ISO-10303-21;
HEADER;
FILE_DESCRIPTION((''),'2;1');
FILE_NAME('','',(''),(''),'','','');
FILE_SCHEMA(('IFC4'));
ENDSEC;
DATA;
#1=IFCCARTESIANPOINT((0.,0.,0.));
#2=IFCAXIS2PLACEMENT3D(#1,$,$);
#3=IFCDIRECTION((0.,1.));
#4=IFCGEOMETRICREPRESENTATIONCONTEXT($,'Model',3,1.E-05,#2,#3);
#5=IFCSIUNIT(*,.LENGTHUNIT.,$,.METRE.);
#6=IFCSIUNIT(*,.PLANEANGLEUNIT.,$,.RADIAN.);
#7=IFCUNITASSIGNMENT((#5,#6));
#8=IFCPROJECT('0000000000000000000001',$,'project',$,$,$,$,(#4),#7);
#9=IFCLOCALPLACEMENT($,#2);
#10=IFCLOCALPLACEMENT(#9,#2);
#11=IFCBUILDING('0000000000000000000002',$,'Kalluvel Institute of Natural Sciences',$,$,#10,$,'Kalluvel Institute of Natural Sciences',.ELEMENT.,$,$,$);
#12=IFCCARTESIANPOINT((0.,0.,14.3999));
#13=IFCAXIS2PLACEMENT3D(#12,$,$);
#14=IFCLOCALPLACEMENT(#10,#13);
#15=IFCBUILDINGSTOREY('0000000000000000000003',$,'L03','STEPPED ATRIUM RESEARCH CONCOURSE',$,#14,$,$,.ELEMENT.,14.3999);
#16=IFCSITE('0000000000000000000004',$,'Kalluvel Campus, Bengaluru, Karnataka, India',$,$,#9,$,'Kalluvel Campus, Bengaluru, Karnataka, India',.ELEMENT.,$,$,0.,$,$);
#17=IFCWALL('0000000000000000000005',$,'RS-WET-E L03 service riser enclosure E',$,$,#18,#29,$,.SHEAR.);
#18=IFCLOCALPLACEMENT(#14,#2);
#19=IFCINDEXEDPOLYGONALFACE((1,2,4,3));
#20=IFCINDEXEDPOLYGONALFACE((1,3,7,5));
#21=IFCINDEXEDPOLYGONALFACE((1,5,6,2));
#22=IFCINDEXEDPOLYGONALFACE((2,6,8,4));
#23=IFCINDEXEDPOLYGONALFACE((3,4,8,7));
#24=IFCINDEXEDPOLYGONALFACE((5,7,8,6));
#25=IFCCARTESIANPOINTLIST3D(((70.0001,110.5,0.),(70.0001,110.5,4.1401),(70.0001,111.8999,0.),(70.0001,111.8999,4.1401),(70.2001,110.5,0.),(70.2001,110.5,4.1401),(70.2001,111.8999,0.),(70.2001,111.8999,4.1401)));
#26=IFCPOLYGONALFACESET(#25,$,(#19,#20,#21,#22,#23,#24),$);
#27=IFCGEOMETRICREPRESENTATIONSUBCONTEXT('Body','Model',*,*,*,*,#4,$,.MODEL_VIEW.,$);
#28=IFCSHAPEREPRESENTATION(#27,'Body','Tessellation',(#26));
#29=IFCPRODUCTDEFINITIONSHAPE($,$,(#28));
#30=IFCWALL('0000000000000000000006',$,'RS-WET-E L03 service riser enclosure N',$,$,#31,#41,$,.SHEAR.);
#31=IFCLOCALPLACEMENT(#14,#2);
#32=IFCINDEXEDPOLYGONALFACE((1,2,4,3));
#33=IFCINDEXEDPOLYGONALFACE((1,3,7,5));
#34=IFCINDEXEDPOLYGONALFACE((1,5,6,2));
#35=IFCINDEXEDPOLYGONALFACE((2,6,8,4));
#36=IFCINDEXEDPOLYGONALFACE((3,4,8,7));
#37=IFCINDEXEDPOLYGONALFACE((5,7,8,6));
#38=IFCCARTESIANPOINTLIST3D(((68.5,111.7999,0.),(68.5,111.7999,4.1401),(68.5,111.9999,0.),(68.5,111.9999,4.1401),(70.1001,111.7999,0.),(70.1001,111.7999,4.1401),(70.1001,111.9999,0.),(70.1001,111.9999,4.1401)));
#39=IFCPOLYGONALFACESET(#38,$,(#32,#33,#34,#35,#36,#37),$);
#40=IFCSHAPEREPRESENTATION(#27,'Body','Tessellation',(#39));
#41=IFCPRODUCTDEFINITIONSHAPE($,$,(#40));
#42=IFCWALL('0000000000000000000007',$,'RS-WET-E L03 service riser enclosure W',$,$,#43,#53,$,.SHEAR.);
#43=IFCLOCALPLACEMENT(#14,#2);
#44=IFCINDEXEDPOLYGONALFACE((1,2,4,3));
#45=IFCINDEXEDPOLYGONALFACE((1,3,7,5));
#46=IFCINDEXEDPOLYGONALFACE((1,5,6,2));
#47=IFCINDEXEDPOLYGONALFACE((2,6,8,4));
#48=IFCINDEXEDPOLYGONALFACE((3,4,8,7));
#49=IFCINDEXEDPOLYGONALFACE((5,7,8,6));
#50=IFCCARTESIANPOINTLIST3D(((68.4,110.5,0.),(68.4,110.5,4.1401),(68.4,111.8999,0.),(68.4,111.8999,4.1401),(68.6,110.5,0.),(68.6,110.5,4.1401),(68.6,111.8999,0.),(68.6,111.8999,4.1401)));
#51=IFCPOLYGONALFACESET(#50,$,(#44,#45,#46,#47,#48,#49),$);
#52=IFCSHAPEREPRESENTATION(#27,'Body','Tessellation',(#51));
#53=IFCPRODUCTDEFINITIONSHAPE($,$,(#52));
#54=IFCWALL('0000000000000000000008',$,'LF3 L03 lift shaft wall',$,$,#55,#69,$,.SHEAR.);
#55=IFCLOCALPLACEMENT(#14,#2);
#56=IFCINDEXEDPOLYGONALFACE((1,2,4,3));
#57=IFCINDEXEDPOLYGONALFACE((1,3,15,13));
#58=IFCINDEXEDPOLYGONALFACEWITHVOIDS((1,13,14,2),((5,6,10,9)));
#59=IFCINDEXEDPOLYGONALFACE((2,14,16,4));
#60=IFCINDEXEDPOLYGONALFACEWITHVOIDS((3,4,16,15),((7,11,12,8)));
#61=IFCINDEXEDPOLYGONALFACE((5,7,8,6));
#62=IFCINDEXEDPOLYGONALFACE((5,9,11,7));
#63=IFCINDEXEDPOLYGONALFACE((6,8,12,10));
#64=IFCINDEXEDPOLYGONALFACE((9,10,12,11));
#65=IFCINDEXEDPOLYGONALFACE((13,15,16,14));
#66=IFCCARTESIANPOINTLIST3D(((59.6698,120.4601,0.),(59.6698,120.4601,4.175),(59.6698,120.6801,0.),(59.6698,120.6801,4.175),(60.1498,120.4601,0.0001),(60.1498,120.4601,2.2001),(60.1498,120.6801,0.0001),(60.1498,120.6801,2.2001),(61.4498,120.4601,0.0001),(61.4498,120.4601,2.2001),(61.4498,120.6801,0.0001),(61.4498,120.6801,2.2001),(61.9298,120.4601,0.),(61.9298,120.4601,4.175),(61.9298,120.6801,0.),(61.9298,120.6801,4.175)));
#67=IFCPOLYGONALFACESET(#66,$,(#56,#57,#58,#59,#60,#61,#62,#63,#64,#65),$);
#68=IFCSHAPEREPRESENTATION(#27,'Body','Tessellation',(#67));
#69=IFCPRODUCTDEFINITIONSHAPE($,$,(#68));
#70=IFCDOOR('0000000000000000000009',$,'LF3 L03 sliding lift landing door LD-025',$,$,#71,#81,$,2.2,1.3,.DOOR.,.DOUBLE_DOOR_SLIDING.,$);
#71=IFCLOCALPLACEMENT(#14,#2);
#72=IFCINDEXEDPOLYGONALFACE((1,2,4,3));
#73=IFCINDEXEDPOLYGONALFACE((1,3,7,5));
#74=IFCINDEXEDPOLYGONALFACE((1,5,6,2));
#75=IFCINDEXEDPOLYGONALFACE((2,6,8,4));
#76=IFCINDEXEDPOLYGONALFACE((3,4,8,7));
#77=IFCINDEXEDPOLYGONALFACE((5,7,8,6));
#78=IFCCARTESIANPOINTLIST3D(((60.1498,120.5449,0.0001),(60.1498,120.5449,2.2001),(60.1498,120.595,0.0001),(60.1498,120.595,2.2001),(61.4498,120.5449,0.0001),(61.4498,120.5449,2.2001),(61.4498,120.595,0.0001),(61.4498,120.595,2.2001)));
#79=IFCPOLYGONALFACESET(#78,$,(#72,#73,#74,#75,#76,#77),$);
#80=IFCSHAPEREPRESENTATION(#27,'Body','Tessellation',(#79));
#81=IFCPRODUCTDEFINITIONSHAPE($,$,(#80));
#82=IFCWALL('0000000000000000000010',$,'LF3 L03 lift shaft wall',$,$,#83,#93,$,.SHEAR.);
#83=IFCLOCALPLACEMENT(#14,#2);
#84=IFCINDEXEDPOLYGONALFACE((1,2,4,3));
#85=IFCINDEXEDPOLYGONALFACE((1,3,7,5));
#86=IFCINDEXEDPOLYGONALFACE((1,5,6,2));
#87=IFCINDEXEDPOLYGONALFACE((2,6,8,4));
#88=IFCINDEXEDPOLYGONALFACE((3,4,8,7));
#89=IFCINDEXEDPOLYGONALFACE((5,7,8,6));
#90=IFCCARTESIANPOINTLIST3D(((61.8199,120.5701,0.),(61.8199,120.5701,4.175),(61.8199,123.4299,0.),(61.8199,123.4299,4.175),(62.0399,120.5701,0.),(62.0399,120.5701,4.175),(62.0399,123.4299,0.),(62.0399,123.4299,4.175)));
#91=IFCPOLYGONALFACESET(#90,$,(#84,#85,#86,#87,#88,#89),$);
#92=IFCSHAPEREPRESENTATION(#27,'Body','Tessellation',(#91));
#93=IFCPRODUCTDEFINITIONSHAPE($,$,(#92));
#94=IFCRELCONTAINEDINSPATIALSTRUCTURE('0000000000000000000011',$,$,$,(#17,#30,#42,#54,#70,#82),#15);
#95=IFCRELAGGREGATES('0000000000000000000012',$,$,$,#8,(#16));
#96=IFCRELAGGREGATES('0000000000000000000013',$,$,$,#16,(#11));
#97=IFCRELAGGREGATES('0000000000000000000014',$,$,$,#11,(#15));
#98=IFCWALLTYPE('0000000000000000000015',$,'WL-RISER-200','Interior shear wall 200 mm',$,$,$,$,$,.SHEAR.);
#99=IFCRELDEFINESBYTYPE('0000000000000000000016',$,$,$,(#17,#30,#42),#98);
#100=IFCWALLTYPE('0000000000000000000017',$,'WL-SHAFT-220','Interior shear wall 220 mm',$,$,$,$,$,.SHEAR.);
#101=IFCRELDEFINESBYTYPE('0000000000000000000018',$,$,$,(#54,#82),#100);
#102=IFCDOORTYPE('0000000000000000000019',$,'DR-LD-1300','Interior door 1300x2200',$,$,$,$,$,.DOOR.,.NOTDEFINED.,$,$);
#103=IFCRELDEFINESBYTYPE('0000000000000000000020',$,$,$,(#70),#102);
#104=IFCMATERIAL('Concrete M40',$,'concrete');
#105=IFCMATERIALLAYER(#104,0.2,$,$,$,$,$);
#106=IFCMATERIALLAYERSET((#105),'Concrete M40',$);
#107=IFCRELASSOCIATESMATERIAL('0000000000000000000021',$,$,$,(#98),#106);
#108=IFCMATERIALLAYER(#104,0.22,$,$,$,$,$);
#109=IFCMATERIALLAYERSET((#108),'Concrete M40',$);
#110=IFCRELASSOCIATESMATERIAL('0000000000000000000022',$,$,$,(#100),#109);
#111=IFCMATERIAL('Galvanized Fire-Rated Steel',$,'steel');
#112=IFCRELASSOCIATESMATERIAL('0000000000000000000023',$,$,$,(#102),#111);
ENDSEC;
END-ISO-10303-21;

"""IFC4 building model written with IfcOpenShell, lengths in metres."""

from ifc_helpers import new_model, si_unit, direction, frame, frame_2d, origin, place, context, subcontext, project, spatial, rectangle, extrude, material, layer, layer_set, type_object, element, fill, save


model = new_model("IFC4")

# Units and contexts
model_context = context("Model", 3, precision=1e-05, world=origin(), true_north=direction((0.0, 1.0)))
body_context = subcontext(model_context, "Body", "Model", "MODEL_VIEW")
ifc_project = project(units=[si_unit("LENGTHUNIT", "METRE"), si_unit("PLANEANGLEUNIT", "RADIAN")], contexts=[model_context])

# Site, building, storey
site_placement = place(None, origin())
site = spatial("IfcSite", under=ifc_project, at=site_placement, Name="Kalluvel Campus, Bengaluru, Karnataka, India", LongName="Kalluvel Campus, Bengaluru, Karnataka, India", CompositionType="ELEMENT", RefElevation=0.0)
building_placement = place(site_placement, origin())
building = spatial("IfcBuilding", under=site, at=building_placement, Name="Kalluvel Institute of Natural Sciences", LongName="Kalluvel Institute of Natural Sciences", CompositionType="ELEMENT")
storey_placement = place(building_placement, frame((0.0, 0.0, 14.3999)))
storey = spatial("IfcBuildingStorey", under=building, at=storey_placement, Name="L03", Description="STEPPED ATRIUM RESEARCH CONCOURSE", CompositionType="ELEMENT", Elevation=14.3999)

# Shared definitions
ifc_material_1 = material(Name="Concrete M40", Category="concrete")

# Shared definitions
ifc_material_2 = material(Name="Galvanized Fire-Rated Steel", Category="steel")

# Walls
ifc_layer_1 = layer(ifc_material_1, 0.2)
ifc_layer_set_1 = layer_set([ifc_layer_1], Name="Concrete M40")
wall_type_1 = type_object("IfcWallType", Name="WL-RISER-200", Description="Interior shear wall 200 mm", PredefinedType="SHEAR", material=ifc_layer_set_1)
wall_1_placement = place(storey_placement, frame((70.1001, 110.5, 0.0), z_axis=(0.0, 0.0, 1.0), x_axis=(0.0, 1.0, 0.0)))
element("IfcWall", 1, at=wall_1_placement, inside=storey, type_object=wall_type_1, Name="RS-WET-E L03 service riser enclosure E", PredefinedType="SHEAR", context=body_context, shape_type="SweptSolid", body=[
    extrude(rectangle(XDim=1.3999, YDim=0.2, at=frame_2d((0.7, 0.0))), origin(), (0.0, 0.0, 1.0), 4.1401),
])
wall_2_placement = place(storey_placement, frame((70.1001, 111.8999, 0.0), z_axis=(0.0, 0.0, 1.0), x_axis=(-1.0, 0.0, 0.0)))
element("IfcWall", 2, at=wall_2_placement, inside=storey, type_object=wall_type_1, Name="RS-WET-E L03 service riser enclosure N", PredefinedType="SHEAR", context=body_context, shape_type="SweptSolid", body=[
    extrude(rectangle(XDim=1.6001, YDim=0.2, at=frame_2d((0.8, 0.0))), origin(), (0.0, 0.0, 1.0), 4.1401),
])
wall_3_placement = place(storey_placement, frame((68.5, 111.8999, 0.0), z_axis=(0.0, 0.0, 1.0), x_axis=(0.0, -1.0, 0.0)))
element("IfcWall", 3, at=wall_3_placement, inside=storey, type_object=wall_type_1, Name="RS-WET-E L03 service riser enclosure W", PredefinedType="SHEAR", context=body_context, shape_type="SweptSolid", body=[
    extrude(rectangle(XDim=1.3999, YDim=0.2, at=frame_2d((0.7, 0.0))), origin(), (0.0, 0.0, 1.0), 4.1401),
])

# Wall, opening, door
ifc_layer_2 = layer(ifc_material_1, 0.22)
ifc_layer_set_2 = layer_set([ifc_layer_2], Name="Concrete M40")
wall_type_2 = type_object("IfcWallType", Name="WL-SHAFT-220", Description="Interior shear wall 220 mm", PredefinedType="SHEAR", material=ifc_layer_set_2)
wall_4_placement = place(storey_placement, frame((59.6699, 120.5701, 0.0), z_axis=(0.0, 0.0, 1.0), x_axis=(1.0, 0.0, 0.0)))
wall_4 = element("IfcWall", 4, at=wall_4_placement, inside=storey, type_object=wall_type_2, Name="LF3 L03 lift shaft wall", PredefinedType="SHEAR", context=body_context, shape_type="SweptSolid", body=[
    extrude(rectangle(XDim=2.26, YDim=0.22, at=frame_2d((1.1299, 0.0))), origin(), (0.0, 0.0, 1.0), 4.175),
])
opening_1_placement = place(wall_4_placement, frame((0.48, 0.0, 0.0)))
opening_1 = element("IfcOpeningElement", 5, at=opening_1_placement, cuts=wall_4, PredefinedType="OPENING", context=body_context, shape_type="SweptSolid", body=[
    extrude(rectangle(XDim=1.3, YDim=2.2, at=frame_2d((0.6499, 1.1001))), frame((0.0, 0.1199, 0.0), z_axis=(0.0, -1.0, 0.0), x_axis=(1.0, 0.0, 0.0)), (0.0, 0.0, 1.0), 0.24),
])
door_type_1 = type_object("IfcDoorType", Name="DR-LD-1300", Description="Interior door 1300x2200", OperationType="NOTDEFINED", PredefinedType="DOOR", material=ifc_material_2)
door_1_placement = place(opening_1_placement, origin())
door_1 = element("IfcDoor", 6, at=door_1_placement, inside=storey, type_object=door_type_1, Name="LF3 L03 sliding lift landing door LD-025", OperationType="DOUBLE_DOOR_SLIDING", OverallHeight=2.2, OverallWidth=1.3, PredefinedType="DOOR", context=body_context, shape_type="SweptSolid", body=[
    extrude(rectangle(XDim=1.3, YDim=2.2, at=frame_2d((0.6499, 1.1001))), frame((0.0, 0.0249, 0.0), z_axis=(0.0, -1.0, 0.0), x_axis=(1.0, 0.0, 0.0)), (0.0, 0.0, 1.0), 0.05),
])
fill(opening_1, door_1)

# Wall
wall_5_placement = place(storey_placement, frame((61.9299, 120.5701, 0.0), z_axis=(0.0, 0.0, 1.0), x_axis=(0.0, 1.0, 0.0)))
element("IfcWall", 7, at=wall_5_placement, inside=storey, type_object=wall_type_2, Name="LF3 L03 lift shaft wall", PredefinedType="SHEAR", context=body_context, shape_type="SweptSolid", body=[
    extrude(rectangle(XDim=2.8599, YDim=0.22, at=frame_2d((1.4299, 0.0))), origin(), (0.0, 0.0, 1.0), 4.175),
])

save(model, "model.ifc")
